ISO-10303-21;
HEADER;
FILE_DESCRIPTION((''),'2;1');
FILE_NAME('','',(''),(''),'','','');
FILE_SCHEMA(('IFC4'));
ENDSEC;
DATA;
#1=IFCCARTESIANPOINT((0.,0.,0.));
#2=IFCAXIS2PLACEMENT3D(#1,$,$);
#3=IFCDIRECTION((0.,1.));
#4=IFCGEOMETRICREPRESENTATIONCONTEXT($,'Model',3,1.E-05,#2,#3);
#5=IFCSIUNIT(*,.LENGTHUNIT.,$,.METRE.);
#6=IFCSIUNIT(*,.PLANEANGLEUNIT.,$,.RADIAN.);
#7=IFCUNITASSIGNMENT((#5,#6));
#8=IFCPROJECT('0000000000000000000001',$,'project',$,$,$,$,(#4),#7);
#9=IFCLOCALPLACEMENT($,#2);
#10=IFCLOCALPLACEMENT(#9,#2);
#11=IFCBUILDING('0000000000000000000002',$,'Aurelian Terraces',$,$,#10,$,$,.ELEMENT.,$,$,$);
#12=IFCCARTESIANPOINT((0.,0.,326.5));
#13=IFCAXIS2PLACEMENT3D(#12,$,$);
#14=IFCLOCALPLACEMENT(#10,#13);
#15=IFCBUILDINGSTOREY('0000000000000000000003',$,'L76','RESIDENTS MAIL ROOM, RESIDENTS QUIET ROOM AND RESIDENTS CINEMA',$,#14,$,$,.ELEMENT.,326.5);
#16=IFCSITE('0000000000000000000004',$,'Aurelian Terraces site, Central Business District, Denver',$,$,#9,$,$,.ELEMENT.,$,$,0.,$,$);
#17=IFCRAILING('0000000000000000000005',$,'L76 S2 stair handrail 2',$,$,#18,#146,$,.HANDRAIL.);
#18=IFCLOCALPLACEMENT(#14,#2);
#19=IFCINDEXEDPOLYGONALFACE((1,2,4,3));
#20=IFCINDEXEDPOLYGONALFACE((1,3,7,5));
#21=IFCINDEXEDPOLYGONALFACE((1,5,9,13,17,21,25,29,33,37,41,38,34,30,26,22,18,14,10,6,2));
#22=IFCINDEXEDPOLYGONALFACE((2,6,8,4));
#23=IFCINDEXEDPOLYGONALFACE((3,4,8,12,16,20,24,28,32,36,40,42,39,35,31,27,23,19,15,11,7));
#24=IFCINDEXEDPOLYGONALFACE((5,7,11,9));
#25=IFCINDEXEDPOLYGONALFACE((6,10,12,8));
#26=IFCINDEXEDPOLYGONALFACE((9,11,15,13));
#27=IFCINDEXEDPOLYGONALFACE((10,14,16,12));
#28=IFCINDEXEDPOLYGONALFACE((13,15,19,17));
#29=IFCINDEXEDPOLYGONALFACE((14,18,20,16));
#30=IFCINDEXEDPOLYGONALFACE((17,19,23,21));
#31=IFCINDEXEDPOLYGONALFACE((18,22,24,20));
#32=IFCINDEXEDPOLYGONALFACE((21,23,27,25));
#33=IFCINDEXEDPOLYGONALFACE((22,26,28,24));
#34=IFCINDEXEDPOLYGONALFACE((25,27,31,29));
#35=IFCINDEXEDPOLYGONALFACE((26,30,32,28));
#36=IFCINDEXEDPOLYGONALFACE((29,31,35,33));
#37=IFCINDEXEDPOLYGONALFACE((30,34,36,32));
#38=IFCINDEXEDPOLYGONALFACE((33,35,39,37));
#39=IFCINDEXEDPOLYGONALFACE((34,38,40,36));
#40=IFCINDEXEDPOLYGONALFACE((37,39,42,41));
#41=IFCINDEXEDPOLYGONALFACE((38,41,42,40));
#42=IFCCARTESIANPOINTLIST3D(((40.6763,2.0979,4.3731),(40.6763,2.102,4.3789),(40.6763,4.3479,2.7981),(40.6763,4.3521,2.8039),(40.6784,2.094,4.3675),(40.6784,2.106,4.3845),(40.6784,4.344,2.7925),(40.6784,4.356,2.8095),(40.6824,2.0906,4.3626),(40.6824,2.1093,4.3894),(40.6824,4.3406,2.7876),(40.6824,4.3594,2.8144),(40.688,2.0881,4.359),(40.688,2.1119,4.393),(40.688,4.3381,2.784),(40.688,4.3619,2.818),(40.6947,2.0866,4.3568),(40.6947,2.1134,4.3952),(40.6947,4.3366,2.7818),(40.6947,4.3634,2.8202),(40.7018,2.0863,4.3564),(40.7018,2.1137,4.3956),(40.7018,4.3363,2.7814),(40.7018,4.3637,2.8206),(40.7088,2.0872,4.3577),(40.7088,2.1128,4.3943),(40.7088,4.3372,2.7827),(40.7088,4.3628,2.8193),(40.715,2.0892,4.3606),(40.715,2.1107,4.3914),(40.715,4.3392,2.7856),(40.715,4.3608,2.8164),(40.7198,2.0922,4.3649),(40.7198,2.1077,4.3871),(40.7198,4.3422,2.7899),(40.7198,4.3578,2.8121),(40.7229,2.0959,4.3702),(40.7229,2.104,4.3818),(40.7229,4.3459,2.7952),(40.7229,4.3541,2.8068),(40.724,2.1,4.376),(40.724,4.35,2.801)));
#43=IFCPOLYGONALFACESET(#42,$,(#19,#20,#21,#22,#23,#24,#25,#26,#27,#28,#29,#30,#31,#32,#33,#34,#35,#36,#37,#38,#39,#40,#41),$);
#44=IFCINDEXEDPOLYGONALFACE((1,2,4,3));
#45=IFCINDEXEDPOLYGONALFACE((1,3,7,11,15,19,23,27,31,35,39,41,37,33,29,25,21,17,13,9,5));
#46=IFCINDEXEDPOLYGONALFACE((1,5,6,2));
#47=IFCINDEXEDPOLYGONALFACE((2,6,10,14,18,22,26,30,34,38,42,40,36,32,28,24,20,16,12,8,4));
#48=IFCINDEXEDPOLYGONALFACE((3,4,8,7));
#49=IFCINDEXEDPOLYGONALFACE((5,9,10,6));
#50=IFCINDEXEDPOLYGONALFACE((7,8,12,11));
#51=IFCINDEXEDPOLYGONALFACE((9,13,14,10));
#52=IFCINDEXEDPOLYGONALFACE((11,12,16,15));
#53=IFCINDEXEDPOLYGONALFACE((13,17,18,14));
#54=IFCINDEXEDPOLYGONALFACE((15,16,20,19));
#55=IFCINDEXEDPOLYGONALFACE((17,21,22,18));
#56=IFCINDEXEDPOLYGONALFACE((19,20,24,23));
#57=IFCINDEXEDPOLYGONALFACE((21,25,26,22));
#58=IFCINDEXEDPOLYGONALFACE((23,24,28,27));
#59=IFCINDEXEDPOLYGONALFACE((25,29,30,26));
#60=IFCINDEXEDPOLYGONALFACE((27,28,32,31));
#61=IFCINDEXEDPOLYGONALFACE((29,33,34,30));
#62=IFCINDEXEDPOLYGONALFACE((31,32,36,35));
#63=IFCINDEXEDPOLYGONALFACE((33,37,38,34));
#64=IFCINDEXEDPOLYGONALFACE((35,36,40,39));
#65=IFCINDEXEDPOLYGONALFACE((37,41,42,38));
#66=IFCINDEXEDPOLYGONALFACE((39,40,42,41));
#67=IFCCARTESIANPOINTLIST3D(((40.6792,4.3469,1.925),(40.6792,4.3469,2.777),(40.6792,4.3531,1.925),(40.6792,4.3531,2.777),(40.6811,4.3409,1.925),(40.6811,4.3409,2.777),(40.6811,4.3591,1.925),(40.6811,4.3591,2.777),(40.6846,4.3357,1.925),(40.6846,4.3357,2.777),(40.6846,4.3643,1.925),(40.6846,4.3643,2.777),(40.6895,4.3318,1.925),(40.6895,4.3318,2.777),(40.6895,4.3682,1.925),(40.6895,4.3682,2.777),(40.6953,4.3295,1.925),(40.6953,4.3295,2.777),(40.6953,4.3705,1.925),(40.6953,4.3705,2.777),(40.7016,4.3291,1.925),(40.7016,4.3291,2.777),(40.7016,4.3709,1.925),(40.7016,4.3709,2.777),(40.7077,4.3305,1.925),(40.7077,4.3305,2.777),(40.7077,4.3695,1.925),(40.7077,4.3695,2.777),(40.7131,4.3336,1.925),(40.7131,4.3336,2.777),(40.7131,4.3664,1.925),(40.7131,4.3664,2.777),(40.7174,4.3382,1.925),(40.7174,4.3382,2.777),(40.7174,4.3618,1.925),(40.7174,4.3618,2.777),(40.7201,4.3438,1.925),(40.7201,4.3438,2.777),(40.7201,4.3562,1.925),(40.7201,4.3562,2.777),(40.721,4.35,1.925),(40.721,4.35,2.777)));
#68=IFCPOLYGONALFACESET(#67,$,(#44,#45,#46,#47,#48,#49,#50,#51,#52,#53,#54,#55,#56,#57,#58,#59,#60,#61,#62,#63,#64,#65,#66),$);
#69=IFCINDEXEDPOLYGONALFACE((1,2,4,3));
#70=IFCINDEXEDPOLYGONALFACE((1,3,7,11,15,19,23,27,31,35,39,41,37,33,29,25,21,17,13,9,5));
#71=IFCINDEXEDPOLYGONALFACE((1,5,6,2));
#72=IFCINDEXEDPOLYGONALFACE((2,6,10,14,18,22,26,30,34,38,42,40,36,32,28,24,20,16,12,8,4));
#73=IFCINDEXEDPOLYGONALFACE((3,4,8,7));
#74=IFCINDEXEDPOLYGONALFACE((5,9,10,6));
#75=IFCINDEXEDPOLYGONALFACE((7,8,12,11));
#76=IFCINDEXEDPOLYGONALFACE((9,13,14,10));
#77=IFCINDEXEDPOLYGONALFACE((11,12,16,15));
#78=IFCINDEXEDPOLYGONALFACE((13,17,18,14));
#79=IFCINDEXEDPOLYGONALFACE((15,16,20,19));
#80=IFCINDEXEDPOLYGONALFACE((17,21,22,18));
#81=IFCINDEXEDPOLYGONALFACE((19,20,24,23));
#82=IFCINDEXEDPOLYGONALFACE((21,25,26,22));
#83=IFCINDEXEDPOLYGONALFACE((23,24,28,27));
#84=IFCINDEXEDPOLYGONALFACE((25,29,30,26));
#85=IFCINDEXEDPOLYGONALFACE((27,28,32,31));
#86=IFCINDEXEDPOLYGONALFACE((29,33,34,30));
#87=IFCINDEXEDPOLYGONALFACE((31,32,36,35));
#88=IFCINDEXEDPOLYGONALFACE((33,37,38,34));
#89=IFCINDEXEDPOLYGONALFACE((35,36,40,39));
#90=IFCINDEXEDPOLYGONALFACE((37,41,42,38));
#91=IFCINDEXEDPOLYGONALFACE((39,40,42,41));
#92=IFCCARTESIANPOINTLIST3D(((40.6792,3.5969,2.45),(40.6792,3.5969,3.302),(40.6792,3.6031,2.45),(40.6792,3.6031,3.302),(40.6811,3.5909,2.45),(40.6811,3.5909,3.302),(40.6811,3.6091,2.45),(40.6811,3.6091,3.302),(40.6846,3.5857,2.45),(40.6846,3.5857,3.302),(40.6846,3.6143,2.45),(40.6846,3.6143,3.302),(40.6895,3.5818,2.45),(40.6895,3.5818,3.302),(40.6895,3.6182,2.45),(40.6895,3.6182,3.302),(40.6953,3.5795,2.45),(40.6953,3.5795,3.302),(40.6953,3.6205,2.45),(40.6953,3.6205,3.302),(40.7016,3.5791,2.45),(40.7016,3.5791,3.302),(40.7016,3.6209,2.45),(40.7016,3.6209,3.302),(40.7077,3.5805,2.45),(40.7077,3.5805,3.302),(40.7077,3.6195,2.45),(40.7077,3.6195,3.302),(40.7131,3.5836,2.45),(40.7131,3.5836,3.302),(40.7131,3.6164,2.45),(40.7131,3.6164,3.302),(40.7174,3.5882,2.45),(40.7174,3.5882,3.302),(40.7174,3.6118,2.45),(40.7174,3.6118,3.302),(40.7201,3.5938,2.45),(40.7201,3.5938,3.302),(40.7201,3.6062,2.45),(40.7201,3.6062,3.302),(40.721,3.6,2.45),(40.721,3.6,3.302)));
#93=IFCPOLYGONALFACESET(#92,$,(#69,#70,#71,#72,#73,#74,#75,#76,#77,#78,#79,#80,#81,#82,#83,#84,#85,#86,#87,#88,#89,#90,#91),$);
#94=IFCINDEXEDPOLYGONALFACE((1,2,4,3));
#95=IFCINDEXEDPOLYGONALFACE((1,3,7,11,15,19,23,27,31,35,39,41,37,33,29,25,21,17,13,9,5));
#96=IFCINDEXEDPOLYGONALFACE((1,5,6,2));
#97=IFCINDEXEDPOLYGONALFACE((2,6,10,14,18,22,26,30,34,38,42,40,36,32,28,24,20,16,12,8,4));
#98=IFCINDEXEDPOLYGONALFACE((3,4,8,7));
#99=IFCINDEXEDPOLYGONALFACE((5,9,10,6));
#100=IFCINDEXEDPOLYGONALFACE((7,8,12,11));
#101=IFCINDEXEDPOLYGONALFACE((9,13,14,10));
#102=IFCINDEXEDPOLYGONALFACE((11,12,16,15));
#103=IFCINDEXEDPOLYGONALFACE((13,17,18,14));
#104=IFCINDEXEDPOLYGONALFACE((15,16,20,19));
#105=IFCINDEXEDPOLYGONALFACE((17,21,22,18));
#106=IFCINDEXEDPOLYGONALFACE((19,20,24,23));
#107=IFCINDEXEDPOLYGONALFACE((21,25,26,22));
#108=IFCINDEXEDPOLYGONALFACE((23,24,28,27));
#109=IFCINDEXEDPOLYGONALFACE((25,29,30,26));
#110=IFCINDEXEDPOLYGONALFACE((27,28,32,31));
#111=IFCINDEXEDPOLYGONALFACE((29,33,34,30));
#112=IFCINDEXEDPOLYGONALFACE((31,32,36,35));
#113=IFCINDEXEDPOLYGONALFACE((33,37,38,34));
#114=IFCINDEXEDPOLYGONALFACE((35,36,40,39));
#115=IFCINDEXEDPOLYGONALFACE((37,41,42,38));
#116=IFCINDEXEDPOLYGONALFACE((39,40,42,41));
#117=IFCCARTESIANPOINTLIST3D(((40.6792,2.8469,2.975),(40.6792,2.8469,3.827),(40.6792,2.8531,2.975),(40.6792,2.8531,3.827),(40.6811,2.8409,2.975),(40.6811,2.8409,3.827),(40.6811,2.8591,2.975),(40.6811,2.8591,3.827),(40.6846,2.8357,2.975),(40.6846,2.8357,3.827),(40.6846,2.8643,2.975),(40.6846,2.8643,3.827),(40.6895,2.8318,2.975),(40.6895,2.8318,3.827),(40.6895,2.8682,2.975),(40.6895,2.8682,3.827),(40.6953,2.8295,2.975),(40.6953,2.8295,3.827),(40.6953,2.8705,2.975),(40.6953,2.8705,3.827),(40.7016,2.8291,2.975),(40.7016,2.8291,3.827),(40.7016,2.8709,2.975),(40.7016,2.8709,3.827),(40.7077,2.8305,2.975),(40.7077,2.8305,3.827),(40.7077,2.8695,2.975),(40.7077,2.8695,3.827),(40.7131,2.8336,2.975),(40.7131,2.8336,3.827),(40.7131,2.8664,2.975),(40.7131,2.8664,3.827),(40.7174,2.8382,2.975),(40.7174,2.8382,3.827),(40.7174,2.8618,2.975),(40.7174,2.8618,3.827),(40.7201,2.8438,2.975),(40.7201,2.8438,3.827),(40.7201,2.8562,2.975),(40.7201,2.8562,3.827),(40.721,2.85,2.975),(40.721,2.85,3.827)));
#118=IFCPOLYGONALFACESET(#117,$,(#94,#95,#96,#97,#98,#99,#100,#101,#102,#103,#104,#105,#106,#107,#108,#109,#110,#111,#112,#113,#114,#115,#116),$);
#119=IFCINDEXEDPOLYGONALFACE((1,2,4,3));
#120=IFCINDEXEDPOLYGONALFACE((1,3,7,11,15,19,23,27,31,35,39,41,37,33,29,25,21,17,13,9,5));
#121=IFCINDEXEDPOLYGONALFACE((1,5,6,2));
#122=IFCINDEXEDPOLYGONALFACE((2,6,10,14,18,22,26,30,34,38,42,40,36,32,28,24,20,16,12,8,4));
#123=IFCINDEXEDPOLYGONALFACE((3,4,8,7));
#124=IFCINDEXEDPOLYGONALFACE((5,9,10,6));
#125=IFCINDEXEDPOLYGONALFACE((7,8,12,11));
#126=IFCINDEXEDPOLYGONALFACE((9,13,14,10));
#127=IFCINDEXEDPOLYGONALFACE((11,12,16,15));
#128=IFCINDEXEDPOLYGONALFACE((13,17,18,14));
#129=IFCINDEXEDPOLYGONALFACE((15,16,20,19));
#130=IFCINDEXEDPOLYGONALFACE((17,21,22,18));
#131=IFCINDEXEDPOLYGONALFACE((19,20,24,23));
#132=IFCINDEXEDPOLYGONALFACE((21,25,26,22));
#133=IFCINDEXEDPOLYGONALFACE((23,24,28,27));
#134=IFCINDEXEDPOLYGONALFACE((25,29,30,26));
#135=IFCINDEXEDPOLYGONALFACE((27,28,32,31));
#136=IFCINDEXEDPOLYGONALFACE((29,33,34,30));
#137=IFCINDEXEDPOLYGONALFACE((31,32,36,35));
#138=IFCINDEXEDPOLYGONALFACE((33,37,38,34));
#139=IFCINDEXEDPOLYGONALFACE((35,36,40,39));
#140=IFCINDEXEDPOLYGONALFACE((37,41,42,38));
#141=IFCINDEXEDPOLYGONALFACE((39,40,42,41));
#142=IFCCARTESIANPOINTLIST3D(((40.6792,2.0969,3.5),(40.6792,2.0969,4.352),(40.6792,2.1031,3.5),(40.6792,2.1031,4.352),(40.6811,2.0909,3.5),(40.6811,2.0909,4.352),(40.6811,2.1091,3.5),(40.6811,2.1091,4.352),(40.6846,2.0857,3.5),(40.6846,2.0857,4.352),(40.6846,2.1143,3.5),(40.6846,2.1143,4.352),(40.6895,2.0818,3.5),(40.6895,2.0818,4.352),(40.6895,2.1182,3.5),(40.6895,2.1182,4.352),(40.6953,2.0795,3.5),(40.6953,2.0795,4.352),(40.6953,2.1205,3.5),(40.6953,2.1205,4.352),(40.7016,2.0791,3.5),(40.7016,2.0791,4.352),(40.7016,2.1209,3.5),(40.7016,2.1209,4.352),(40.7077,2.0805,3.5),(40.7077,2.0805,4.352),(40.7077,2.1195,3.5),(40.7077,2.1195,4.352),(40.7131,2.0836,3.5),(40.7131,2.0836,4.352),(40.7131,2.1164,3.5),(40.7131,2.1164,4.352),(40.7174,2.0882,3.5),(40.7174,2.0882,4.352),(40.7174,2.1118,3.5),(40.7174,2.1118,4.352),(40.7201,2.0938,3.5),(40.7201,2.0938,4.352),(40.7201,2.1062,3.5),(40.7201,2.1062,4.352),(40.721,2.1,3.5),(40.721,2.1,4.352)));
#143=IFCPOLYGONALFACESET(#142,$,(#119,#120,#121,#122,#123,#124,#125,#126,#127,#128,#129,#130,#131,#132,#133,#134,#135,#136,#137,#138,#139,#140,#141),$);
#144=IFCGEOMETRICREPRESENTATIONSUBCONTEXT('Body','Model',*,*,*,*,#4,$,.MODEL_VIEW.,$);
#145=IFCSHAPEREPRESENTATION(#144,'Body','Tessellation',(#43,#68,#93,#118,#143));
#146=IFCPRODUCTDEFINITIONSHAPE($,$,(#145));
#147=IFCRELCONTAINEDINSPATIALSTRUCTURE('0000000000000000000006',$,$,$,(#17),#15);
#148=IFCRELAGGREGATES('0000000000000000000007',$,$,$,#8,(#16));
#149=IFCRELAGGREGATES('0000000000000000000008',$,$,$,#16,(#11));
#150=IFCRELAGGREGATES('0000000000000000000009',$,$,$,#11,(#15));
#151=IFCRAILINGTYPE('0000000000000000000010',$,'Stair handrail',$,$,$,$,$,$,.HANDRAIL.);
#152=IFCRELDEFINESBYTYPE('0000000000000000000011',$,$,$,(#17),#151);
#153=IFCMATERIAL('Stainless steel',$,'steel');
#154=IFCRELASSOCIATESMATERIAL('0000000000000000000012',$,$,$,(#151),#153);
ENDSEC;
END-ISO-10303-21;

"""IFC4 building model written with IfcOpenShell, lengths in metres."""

from ifc_helpers import new_model, si_unit, direction, frame, origin, origin_2d, place, context, subcontext, project, spatial, circle, extrude, source, transform, mapped, material, type_object, element, save


model = new_model("IFC4")

# Units and contexts
model_context = context("Model", 3, precision=1e-05, world=origin(), true_north=direction((0.0, 1.0)))
body_context = subcontext(model_context, "Body", "Model", "MODEL_VIEW")
ifc_project = project(units=[si_unit("LENGTHUNIT", "METRE"), si_unit("PLANEANGLEUNIT", "RADIAN")], contexts=[model_context])

# Site, building, storey
site_placement = place(None, origin())
site = spatial("IfcSite", under=ifc_project, at=site_placement, Name="Aurelian Terraces site, Central Business District, Denver", CompositionType="ELEMENT", RefElevation=0.0)
building_placement = place(site_placement, origin())
building = spatial("IfcBuilding", under=site, at=building_placement, Name="Aurelian Terraces", CompositionType="ELEMENT")
storey_placement = place(building_placement, frame((0.0, 0.0, 326.5)))
storey = spatial("IfcBuildingStorey", under=building, at=storey_placement, Name="L76", Description="RESIDENTS MAIL ROOM, RESIDENTS QUIET ROOM AND RESIDENTS CINEMA", CompositionType="ELEMENT", Elevation=326.5)

# Railing
ifc_material_1 = material(Name="Stainless steel", Category="steel")
railing_type_1 = type_object("IfcRailingType", Name="Stair handrail", PredefinedType="HANDRAIL", material=ifc_material_1)
shared_shape_1 = source(origin(), body_context, "Body", "SweptSolid", [
    extrude(circle(Radius=0.024, at=origin_2d()), frame((0.0, 0.0, 0.876), z_axis=(0.0, -0.819232, 0.573462), x_axis=(1.0, 0.0, 0.0)), (0.0, 0.0, 1.0), 2.7465),
    extrude(circle(Radius=0.021, at=origin_2d()), origin(), (0.0, 0.0, 1.0), 0.852),
    extrude(circle(Radius=0.021, at=origin_2d()), frame((0.0, -0.75, 0.525)), (0.0, 0.0, 1.0), 0.852),
    extrude(circle(Radius=0.021, at=origin_2d()), frame((0.0, -1.5, 1.05)), (0.0, 0.0, 1.0), 0.852),
    extrude(circle(Radius=0.021, at=origin_2d()), frame((0.0, -2.25, 1.575)), (0.0, 0.0, 1.0), 0.852),
])
railing_1_placement = place(storey_placement, frame((40.7, 4.35, 1.925)))
element("IfcRailing", 1, at=railing_1_placement, inside=storey, type_object=railing_type_1, Name="L76 S2 stair handrail 2", PredefinedType="HANDRAIL", context=body_context, shape_type="MappedRepresentation", body=[
    mapped(shared_shape_1, transform((0.0, 0.0, 0.0), scale=1.0)),
])

save(model, "model.ifc")
